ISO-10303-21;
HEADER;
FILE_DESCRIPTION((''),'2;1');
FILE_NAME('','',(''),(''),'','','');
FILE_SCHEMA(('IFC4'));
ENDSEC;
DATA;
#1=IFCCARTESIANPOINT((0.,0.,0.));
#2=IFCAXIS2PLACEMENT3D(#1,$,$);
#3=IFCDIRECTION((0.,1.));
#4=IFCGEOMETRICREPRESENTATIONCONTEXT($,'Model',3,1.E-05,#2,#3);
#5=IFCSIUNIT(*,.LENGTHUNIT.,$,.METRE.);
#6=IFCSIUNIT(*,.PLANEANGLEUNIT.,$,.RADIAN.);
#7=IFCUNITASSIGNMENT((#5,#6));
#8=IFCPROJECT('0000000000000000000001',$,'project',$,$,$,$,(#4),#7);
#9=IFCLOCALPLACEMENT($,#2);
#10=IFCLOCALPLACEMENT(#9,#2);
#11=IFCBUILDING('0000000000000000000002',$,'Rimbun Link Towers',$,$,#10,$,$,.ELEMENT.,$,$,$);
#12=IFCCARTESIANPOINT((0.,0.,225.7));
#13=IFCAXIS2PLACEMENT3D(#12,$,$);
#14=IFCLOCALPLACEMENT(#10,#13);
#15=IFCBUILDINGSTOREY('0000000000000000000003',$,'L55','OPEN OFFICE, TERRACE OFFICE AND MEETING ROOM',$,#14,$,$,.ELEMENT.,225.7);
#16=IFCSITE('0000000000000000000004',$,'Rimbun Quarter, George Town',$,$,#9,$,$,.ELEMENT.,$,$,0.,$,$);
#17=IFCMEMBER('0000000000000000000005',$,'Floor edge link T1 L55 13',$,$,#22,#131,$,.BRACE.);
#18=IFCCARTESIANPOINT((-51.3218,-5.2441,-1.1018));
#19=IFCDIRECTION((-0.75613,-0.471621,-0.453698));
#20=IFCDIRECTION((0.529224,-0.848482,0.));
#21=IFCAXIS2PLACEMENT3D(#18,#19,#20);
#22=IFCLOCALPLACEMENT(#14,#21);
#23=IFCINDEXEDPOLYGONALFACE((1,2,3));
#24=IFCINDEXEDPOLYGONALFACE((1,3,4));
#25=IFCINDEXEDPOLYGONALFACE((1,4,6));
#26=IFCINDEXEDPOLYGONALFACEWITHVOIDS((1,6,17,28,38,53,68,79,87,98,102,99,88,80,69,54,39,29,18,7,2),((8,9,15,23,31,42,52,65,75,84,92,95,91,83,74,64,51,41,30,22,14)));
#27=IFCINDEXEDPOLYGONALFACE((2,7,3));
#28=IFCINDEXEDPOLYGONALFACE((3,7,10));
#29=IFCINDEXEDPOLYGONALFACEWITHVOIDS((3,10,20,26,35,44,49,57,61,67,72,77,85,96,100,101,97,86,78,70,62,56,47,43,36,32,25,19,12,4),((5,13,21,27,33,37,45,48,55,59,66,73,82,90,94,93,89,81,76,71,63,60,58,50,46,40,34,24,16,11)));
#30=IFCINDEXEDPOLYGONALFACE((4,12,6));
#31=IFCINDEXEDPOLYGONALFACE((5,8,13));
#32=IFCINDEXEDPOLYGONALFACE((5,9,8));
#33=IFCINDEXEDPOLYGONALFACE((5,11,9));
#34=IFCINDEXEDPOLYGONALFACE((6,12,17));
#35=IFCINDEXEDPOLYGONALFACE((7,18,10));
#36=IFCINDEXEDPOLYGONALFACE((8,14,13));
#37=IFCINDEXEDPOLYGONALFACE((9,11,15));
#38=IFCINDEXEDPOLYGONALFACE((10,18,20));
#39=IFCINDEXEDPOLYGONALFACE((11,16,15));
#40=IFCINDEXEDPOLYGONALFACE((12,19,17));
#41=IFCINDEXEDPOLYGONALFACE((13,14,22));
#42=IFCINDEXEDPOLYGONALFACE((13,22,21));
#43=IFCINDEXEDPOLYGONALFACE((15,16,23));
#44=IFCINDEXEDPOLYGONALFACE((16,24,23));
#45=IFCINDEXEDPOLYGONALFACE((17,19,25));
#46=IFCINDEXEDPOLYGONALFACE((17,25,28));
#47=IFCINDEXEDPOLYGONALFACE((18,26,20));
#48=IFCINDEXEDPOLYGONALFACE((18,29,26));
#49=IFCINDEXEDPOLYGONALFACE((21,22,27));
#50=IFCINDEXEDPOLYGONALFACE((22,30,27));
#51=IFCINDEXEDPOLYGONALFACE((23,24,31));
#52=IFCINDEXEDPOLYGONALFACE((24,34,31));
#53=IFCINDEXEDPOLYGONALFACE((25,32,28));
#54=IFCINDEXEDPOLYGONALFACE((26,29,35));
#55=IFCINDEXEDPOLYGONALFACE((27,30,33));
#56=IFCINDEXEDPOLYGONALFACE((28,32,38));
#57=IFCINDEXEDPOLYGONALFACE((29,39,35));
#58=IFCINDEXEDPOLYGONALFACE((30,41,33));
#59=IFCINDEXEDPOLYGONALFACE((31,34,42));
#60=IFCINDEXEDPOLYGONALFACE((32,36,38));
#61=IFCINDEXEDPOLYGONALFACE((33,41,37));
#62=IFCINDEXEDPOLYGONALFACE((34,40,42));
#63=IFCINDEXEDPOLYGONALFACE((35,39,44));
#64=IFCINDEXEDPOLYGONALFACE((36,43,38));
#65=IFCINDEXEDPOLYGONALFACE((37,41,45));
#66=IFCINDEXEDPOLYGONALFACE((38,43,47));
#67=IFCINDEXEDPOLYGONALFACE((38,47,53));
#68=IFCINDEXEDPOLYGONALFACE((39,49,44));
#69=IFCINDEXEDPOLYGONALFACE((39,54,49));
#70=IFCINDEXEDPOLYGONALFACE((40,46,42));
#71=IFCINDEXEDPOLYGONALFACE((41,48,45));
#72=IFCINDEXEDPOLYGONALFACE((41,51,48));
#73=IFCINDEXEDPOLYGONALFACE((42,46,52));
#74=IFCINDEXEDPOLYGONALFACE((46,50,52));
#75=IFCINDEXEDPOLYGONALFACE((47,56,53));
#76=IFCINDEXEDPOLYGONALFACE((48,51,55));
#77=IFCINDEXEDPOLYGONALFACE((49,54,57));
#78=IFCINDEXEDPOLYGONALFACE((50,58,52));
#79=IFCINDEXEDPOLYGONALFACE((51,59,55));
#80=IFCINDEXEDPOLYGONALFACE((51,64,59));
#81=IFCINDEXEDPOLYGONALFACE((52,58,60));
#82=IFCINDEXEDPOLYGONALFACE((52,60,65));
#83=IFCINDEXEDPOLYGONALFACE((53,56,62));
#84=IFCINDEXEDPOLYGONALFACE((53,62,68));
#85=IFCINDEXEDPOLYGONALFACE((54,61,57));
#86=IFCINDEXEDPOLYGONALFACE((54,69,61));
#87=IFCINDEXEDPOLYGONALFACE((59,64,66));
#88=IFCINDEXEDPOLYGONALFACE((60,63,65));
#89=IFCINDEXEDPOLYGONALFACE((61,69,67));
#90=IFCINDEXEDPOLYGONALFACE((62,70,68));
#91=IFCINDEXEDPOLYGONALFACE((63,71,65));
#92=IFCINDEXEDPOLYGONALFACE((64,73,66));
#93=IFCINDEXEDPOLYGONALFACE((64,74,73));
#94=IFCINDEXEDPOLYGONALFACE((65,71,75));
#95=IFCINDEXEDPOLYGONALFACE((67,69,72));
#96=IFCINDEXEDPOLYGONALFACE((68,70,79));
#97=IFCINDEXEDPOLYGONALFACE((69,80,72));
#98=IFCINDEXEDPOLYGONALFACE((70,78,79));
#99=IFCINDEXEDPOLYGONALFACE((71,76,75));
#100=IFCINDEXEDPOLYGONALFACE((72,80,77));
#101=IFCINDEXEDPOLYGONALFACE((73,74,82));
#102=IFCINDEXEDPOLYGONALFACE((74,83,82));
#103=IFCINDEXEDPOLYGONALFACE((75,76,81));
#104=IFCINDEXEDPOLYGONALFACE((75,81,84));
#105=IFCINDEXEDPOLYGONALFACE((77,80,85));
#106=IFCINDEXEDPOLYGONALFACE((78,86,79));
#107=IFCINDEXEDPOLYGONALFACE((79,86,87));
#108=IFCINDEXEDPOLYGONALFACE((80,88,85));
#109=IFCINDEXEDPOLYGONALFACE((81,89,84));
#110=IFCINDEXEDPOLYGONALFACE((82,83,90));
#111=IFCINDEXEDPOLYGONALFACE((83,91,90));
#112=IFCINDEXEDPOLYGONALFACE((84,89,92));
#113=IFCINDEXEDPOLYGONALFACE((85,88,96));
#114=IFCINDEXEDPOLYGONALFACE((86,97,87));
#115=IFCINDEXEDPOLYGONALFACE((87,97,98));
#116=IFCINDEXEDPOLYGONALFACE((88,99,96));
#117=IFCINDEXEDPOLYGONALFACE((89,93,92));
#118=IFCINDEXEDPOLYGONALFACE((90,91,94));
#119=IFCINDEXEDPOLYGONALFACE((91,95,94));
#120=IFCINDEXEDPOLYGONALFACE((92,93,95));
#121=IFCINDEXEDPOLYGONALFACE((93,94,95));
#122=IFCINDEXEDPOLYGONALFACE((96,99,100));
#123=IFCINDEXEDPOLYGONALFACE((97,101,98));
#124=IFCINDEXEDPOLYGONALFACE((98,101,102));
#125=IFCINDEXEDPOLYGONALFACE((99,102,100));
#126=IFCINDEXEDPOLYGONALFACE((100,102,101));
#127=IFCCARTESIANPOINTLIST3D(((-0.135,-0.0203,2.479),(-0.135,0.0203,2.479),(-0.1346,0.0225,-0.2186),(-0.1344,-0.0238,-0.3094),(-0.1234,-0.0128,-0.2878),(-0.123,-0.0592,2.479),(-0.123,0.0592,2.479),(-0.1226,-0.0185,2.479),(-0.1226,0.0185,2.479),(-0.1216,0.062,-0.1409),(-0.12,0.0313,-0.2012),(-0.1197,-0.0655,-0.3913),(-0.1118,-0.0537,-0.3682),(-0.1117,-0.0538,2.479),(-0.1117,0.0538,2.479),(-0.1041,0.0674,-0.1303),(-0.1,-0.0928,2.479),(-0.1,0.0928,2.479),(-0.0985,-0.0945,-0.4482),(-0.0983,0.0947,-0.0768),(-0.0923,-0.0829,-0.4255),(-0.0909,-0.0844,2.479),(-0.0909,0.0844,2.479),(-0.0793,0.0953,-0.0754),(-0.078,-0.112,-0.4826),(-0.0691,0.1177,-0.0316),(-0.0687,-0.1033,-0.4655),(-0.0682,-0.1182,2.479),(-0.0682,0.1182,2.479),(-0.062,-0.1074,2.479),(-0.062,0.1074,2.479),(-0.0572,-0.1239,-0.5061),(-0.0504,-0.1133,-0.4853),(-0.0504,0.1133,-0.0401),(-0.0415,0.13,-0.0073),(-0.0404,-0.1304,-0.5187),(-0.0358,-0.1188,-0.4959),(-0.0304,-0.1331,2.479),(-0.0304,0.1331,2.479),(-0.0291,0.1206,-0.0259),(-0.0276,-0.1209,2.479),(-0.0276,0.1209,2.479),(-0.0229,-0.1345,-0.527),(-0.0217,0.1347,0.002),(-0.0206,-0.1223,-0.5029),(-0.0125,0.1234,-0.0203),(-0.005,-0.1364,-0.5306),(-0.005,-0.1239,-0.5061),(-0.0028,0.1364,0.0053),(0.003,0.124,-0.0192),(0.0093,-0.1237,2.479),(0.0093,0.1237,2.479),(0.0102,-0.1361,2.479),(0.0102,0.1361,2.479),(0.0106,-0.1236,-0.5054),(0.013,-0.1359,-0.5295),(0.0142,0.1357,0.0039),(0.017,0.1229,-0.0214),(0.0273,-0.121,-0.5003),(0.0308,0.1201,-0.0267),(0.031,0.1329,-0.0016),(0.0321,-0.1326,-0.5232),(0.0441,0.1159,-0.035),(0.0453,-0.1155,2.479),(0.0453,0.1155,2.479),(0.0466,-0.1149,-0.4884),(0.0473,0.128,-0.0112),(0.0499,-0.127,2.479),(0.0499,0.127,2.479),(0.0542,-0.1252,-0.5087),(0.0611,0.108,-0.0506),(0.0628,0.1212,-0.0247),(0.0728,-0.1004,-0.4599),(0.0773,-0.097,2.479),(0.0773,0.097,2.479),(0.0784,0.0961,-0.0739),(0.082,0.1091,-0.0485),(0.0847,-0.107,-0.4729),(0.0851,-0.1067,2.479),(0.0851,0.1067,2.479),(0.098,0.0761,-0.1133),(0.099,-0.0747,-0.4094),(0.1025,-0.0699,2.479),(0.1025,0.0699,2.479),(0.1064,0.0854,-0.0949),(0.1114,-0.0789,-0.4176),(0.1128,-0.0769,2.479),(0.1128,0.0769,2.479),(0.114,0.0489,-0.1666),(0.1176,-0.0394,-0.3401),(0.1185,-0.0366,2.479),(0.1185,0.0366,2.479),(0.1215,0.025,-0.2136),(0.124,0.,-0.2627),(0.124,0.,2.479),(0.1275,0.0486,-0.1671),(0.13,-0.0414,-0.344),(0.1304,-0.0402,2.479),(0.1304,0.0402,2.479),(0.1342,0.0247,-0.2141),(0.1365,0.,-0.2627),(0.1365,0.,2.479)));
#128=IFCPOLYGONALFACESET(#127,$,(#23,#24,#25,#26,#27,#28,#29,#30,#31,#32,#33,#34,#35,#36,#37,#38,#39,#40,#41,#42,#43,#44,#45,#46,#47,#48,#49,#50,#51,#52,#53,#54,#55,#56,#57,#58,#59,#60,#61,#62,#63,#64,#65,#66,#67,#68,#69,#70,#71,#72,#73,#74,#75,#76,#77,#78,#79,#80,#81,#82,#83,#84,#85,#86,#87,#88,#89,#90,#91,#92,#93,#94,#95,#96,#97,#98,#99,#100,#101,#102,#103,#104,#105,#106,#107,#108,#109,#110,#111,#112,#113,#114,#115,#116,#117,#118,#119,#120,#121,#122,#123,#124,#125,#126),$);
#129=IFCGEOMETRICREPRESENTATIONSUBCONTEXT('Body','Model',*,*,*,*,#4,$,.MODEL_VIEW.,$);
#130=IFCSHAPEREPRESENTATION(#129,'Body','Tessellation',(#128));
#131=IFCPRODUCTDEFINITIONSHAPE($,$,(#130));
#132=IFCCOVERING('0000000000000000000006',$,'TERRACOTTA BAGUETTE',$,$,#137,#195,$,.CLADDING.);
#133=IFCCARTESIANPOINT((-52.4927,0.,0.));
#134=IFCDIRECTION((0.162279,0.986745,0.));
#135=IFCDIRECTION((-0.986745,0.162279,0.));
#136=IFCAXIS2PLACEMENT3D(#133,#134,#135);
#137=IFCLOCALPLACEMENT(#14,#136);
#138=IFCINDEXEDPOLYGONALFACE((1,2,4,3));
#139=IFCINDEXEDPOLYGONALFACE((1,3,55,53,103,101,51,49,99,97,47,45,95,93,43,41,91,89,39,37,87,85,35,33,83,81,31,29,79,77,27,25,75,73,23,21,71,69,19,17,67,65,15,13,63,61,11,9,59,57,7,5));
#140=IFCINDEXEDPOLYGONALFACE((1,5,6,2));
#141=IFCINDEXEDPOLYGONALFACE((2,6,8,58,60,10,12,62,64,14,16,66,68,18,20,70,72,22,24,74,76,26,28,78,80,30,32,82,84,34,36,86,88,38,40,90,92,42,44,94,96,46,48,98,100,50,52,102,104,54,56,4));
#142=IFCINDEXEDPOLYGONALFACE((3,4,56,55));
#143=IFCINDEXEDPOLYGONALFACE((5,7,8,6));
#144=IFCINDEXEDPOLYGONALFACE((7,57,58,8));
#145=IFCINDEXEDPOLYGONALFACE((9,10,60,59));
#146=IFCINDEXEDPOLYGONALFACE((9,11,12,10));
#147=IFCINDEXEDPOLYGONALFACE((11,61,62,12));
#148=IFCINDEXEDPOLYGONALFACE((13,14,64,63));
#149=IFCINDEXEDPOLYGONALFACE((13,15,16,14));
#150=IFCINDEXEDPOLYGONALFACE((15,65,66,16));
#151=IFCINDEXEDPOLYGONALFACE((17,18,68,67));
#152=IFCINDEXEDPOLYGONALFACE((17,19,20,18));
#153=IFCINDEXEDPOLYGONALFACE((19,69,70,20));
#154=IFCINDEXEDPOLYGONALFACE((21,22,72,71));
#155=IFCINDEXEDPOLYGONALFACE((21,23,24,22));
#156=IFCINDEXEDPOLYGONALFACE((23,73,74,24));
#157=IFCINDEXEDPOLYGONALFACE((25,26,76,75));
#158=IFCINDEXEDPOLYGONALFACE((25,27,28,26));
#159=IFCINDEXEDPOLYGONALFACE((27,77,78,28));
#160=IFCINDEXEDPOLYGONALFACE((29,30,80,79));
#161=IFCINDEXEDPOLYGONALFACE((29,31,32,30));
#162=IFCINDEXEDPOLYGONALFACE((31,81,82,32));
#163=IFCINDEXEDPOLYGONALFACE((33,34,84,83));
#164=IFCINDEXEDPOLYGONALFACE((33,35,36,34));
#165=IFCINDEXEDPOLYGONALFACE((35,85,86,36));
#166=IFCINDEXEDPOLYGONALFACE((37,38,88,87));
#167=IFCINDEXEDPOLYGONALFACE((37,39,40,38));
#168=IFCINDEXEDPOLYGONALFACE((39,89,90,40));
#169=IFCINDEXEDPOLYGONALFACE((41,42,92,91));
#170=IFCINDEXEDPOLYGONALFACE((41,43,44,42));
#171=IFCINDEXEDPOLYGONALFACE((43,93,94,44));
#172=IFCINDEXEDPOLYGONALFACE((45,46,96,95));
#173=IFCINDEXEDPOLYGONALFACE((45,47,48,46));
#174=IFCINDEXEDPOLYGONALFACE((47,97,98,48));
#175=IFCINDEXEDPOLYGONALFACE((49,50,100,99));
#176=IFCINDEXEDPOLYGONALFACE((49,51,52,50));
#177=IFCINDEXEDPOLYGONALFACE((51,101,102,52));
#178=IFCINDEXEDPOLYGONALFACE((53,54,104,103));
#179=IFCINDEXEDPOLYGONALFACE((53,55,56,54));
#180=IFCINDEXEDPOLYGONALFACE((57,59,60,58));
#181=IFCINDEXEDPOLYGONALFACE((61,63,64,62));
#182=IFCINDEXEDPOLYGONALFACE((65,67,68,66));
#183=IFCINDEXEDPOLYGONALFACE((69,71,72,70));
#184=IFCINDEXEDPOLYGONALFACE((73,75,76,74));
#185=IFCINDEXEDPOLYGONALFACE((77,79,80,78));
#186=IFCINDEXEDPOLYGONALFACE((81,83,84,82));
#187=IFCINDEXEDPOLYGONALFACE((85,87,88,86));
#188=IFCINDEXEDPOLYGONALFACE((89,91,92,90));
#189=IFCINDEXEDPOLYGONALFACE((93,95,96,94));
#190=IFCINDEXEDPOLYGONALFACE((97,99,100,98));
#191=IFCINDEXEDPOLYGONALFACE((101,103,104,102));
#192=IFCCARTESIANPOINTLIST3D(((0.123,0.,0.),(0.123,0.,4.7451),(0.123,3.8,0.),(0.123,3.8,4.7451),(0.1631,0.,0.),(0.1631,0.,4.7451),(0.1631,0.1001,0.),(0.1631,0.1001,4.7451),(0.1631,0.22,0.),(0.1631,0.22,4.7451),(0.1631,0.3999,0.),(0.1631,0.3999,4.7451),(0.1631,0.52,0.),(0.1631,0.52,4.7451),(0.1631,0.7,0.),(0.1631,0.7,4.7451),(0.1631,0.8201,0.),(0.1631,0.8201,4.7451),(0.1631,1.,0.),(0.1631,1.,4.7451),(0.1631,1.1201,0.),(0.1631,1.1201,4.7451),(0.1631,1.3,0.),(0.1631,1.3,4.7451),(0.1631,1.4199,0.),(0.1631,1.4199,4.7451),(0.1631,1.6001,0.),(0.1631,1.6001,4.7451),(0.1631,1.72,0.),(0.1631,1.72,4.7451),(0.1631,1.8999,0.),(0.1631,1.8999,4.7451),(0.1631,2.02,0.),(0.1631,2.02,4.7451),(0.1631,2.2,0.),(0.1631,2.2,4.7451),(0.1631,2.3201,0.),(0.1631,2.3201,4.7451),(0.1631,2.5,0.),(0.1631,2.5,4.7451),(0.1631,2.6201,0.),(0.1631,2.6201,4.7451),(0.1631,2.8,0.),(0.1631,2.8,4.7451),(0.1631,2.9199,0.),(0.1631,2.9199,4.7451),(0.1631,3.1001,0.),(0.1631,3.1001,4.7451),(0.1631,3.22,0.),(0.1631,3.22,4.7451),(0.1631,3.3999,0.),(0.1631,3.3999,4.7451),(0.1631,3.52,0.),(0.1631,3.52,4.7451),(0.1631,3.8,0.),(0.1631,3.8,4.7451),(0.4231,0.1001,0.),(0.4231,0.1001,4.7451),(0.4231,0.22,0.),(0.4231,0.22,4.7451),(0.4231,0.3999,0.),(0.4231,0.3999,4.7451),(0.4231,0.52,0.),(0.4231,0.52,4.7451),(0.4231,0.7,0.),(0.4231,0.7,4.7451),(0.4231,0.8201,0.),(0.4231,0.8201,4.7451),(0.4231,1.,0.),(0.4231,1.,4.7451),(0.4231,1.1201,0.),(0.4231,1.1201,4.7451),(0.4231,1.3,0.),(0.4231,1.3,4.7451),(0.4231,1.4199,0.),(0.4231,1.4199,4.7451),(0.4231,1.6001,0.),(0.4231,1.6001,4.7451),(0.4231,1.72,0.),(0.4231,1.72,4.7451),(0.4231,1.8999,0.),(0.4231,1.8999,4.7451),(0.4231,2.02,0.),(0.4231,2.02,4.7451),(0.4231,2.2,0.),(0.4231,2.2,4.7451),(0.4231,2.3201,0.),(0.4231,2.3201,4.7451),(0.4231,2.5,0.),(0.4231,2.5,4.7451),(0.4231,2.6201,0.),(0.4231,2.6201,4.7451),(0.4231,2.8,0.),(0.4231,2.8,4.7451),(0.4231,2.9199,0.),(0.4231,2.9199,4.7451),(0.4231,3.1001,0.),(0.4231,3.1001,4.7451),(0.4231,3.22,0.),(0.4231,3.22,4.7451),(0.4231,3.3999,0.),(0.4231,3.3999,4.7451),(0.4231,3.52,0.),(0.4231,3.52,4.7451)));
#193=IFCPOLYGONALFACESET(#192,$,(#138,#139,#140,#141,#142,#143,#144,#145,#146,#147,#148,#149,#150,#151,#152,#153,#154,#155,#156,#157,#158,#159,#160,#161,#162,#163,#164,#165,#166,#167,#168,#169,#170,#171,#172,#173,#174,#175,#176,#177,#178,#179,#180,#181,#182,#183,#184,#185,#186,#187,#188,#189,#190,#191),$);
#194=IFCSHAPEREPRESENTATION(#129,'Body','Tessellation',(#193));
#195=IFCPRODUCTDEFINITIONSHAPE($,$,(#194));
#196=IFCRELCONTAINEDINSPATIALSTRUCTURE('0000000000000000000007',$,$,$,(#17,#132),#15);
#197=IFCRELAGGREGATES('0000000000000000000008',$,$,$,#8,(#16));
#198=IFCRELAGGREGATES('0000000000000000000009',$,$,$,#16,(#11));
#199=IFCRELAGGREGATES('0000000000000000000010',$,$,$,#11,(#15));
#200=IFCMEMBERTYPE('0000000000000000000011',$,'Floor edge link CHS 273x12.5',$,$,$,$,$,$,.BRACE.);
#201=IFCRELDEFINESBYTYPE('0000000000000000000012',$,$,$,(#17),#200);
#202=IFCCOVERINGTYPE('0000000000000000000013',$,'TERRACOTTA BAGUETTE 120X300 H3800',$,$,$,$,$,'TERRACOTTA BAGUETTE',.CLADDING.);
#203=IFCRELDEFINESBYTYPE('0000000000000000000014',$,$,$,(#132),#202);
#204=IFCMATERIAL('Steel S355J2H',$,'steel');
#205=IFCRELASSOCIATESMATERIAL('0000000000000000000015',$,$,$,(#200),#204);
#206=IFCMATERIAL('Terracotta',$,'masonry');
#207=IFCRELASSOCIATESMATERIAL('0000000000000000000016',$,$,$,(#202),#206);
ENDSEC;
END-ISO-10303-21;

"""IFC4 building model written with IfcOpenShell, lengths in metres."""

from ifc_helpers import new_model, si_unit, direction, frame, origin, origin_2d, place, context, subcontext, project, spatial, polyline, hollow_circle, outline, extrude, clip, halfspace, material, material_profile, profile_set, type_object, element, save


model = new_model("IFC4")

# Units and contexts
model_context = context("Model", 3, precision=1e-05, world=origin(), true_north=direction((0.0, 1.0)))
body_context = subcontext(model_context, "Body", "Model", "MODEL_VIEW")
ifc_project = project(units=[si_unit("LENGTHUNIT", "METRE"), si_unit("PLANEANGLEUNIT", "RADIAN")], contexts=[model_context])

# Site, building, storey
site_placement = place(None, origin())
site = spatial("IfcSite", under=ifc_project, at=site_placement, Name="Rimbun Quarter, George Town", CompositionType="ELEMENT", RefElevation=0.0)
building_placement = place(site_placement, origin())
building = spatial("IfcBuilding", under=site, at=building_placement, Name="Rimbun Link Towers", CompositionType="ELEMENT")
storey_placement = place(building_placement, frame((0.0, 0.0, 225.7)))
storey = spatial("IfcBuildingStorey", under=building, at=storey_placement, Name="L55", Description="OPEN OFFICE, TERRACE OFFICE AND MEETING ROOM", CompositionType="ELEMENT", Elevation=225.7)

# Member
ifc_material_1 = material(Name="Steel S355J2H", Category="steel")
ifc_material_profile_1 = material_profile(ifc_material_1, hollow_circle(Radius=0.1365, WallThickness=0.0125, at=origin_2d()), Name="CHS 273x12.5")
ifc_profile_set_1 = profile_set([ifc_material_profile_1], Name="Steel S355J2H")
member_type_1 = type_object("IfcMemberType", Name="Floor edge link CHS 273x12.5", PredefinedType="BRACE", material=ifc_profile_set_1)
member_1_placement = place(storey_placement, frame((-51.3218, -5.2441, -1.1018), z_axis=(-0.75613, -0.471621, -0.453698), x_axis=(0.529224, -0.848482, 0.0)))
element("IfcMember", 1, at=member_1_placement, inside=storey, type_object=member_type_1, Name="Floor edge link T1 L55 13", PredefinedType="BRACE", context=body_context, shape_type="Clipping", body=[
    clip(extrude(hollow_circle(Radius=0.1365, WallThickness=0.0125, at=origin_2d()), frame((0.0, 0.0, -0.5583)), (0.0, 0.0, 1.0), 3.0374), halfspace(frame((0.0, 0.0, -0.2627), z_axis=(0.0, 0.891156, -0.453698)), False)),
])

# Covering
ifc_material_2 = material(Name="Terracotta", Category="masonry")
ifc_material_profile_2 = material_profile(ifc_material_2, outline(polyline([(0.123, 0.0), (0.1631, 0.0), (0.1631, 0.1001), (0.4231, 0.1001), (0.4231, 0.22), (0.1631, 0.22), (0.1631, 0.3999), (0.4231, 0.3999), (0.4231, 0.52), (0.1631, 0.52), (0.1631, 0.7), (0.4231, 0.7), (0.4231, 0.8201), (0.1631, 0.8201), (0.1631, 1.0), (0.4231, 1.0), (0.4231, 1.1201), (0.1631, 1.1201), (0.1631, 1.3), (0.4231, 1.3), (0.4231, 1.4199), (0.1631, 1.4199), (0.1631, 1.6001), (0.4231, 1.6001), (0.4231, 1.72), (0.1631, 1.72), (0.1631, 1.8999), (0.4231, 1.8999), (0.4231, 2.02), (0.1631, 2.02), (0.1631, 2.2), (0.4231, 2.2), (0.4231, 2.3201), (0.1631, 2.3201), (0.1631, 2.5), (0.4231, 2.5), (0.4231, 2.6201), (0.1631, 2.6201), (0.1631, 2.8), (0.4231, 2.8), (0.4231, 2.9199), (0.1631, 2.9199), (0.1631, 3.1001), (0.4231, 3.1001), (0.4231, 3.22), (0.1631, 3.22), (0.1631, 3.3999), (0.4231, 3.3999), (0.4231, 3.52), (0.1631, 3.52), (0.1631, 3.8), (0.123, 3.8), (0.123, 0.0)])), Name="BAGUETTE 120X300")
ifc_profile_set_2 = profile_set([ifc_material_profile_2], Name="Terracotta")
covering_type = type_object("IfcCoveringType", Name="TERRACOTTA BAGUETTE 120X300 H3800", ElementType="TERRACOTTA BAGUETTE", PredefinedType="CLADDING", material=ifc_profile_set_2)
for number, where, z_axis, x_axis, name in (
    (2, (-52.4927, 0.0, 0.0), (0.162279, 0.986745, 0.0), (-0.986745, 0.162279, 0.0), "TERRACOTTA BAGUETTE"),
):
    element("IfcCovering", number, at=place(storey_placement, frame(where, z_axis=z_axis, x_axis=x_axis)), inside=storey, type_object=covering_type, Name=name, PredefinedType="CLADDING", context=body_context, shape_type="SweptSolid", body=[
        extrude(outline(polyline([(0.123, 0.0), (0.1631, 0.0), (0.1631, 0.1001), (0.4231, 0.1001), (0.4231, 0.22), (0.1631, 0.22), (0.1631, 0.3999), (0.4231, 0.3999), (0.4231, 0.52), (0.1631, 0.52), (0.1631, 0.7), (0.4231, 0.7), (0.4231, 0.8201), (0.1631, 0.8201), (0.1631, 1.0), (0.4231, 1.0), (0.4231, 1.1201), (0.1631, 1.1201), (0.1631, 1.3), (0.4231, 1.3), (0.4231, 1.4199), (0.1631, 1.4199), (0.1631, 1.6001), (0.4231, 1.6001), (0.4231, 1.72), (0.1631, 1.72), (0.1631, 1.8999), (0.4231, 1.8999), (0.4231, 2.02), (0.1631, 2.02), (0.1631, 2.2), (0.4231, 2.2), (0.4231, 2.3201), (0.1631, 2.3201), (0.1631, 2.5), (0.4231, 2.5), (0.4231, 2.6201), (0.1631, 2.6201), (0.1631, 2.8), (0.4231, 2.8), (0.4231, 2.9199), (0.1631, 2.9199), (0.1631, 3.1001), (0.4231, 3.1001), (0.4231, 3.22), (0.1631, 3.22), (0.1631, 3.3999), (0.4231, 3.3999), (0.4231, 3.52), (0.1631, 3.52), (0.1631, 3.8), (0.123, 3.8), (0.123, 0.0)])), origin(), (0.0, 0.0, 1.0), 4.7451),
    ])

save(model, "model.ifc")
